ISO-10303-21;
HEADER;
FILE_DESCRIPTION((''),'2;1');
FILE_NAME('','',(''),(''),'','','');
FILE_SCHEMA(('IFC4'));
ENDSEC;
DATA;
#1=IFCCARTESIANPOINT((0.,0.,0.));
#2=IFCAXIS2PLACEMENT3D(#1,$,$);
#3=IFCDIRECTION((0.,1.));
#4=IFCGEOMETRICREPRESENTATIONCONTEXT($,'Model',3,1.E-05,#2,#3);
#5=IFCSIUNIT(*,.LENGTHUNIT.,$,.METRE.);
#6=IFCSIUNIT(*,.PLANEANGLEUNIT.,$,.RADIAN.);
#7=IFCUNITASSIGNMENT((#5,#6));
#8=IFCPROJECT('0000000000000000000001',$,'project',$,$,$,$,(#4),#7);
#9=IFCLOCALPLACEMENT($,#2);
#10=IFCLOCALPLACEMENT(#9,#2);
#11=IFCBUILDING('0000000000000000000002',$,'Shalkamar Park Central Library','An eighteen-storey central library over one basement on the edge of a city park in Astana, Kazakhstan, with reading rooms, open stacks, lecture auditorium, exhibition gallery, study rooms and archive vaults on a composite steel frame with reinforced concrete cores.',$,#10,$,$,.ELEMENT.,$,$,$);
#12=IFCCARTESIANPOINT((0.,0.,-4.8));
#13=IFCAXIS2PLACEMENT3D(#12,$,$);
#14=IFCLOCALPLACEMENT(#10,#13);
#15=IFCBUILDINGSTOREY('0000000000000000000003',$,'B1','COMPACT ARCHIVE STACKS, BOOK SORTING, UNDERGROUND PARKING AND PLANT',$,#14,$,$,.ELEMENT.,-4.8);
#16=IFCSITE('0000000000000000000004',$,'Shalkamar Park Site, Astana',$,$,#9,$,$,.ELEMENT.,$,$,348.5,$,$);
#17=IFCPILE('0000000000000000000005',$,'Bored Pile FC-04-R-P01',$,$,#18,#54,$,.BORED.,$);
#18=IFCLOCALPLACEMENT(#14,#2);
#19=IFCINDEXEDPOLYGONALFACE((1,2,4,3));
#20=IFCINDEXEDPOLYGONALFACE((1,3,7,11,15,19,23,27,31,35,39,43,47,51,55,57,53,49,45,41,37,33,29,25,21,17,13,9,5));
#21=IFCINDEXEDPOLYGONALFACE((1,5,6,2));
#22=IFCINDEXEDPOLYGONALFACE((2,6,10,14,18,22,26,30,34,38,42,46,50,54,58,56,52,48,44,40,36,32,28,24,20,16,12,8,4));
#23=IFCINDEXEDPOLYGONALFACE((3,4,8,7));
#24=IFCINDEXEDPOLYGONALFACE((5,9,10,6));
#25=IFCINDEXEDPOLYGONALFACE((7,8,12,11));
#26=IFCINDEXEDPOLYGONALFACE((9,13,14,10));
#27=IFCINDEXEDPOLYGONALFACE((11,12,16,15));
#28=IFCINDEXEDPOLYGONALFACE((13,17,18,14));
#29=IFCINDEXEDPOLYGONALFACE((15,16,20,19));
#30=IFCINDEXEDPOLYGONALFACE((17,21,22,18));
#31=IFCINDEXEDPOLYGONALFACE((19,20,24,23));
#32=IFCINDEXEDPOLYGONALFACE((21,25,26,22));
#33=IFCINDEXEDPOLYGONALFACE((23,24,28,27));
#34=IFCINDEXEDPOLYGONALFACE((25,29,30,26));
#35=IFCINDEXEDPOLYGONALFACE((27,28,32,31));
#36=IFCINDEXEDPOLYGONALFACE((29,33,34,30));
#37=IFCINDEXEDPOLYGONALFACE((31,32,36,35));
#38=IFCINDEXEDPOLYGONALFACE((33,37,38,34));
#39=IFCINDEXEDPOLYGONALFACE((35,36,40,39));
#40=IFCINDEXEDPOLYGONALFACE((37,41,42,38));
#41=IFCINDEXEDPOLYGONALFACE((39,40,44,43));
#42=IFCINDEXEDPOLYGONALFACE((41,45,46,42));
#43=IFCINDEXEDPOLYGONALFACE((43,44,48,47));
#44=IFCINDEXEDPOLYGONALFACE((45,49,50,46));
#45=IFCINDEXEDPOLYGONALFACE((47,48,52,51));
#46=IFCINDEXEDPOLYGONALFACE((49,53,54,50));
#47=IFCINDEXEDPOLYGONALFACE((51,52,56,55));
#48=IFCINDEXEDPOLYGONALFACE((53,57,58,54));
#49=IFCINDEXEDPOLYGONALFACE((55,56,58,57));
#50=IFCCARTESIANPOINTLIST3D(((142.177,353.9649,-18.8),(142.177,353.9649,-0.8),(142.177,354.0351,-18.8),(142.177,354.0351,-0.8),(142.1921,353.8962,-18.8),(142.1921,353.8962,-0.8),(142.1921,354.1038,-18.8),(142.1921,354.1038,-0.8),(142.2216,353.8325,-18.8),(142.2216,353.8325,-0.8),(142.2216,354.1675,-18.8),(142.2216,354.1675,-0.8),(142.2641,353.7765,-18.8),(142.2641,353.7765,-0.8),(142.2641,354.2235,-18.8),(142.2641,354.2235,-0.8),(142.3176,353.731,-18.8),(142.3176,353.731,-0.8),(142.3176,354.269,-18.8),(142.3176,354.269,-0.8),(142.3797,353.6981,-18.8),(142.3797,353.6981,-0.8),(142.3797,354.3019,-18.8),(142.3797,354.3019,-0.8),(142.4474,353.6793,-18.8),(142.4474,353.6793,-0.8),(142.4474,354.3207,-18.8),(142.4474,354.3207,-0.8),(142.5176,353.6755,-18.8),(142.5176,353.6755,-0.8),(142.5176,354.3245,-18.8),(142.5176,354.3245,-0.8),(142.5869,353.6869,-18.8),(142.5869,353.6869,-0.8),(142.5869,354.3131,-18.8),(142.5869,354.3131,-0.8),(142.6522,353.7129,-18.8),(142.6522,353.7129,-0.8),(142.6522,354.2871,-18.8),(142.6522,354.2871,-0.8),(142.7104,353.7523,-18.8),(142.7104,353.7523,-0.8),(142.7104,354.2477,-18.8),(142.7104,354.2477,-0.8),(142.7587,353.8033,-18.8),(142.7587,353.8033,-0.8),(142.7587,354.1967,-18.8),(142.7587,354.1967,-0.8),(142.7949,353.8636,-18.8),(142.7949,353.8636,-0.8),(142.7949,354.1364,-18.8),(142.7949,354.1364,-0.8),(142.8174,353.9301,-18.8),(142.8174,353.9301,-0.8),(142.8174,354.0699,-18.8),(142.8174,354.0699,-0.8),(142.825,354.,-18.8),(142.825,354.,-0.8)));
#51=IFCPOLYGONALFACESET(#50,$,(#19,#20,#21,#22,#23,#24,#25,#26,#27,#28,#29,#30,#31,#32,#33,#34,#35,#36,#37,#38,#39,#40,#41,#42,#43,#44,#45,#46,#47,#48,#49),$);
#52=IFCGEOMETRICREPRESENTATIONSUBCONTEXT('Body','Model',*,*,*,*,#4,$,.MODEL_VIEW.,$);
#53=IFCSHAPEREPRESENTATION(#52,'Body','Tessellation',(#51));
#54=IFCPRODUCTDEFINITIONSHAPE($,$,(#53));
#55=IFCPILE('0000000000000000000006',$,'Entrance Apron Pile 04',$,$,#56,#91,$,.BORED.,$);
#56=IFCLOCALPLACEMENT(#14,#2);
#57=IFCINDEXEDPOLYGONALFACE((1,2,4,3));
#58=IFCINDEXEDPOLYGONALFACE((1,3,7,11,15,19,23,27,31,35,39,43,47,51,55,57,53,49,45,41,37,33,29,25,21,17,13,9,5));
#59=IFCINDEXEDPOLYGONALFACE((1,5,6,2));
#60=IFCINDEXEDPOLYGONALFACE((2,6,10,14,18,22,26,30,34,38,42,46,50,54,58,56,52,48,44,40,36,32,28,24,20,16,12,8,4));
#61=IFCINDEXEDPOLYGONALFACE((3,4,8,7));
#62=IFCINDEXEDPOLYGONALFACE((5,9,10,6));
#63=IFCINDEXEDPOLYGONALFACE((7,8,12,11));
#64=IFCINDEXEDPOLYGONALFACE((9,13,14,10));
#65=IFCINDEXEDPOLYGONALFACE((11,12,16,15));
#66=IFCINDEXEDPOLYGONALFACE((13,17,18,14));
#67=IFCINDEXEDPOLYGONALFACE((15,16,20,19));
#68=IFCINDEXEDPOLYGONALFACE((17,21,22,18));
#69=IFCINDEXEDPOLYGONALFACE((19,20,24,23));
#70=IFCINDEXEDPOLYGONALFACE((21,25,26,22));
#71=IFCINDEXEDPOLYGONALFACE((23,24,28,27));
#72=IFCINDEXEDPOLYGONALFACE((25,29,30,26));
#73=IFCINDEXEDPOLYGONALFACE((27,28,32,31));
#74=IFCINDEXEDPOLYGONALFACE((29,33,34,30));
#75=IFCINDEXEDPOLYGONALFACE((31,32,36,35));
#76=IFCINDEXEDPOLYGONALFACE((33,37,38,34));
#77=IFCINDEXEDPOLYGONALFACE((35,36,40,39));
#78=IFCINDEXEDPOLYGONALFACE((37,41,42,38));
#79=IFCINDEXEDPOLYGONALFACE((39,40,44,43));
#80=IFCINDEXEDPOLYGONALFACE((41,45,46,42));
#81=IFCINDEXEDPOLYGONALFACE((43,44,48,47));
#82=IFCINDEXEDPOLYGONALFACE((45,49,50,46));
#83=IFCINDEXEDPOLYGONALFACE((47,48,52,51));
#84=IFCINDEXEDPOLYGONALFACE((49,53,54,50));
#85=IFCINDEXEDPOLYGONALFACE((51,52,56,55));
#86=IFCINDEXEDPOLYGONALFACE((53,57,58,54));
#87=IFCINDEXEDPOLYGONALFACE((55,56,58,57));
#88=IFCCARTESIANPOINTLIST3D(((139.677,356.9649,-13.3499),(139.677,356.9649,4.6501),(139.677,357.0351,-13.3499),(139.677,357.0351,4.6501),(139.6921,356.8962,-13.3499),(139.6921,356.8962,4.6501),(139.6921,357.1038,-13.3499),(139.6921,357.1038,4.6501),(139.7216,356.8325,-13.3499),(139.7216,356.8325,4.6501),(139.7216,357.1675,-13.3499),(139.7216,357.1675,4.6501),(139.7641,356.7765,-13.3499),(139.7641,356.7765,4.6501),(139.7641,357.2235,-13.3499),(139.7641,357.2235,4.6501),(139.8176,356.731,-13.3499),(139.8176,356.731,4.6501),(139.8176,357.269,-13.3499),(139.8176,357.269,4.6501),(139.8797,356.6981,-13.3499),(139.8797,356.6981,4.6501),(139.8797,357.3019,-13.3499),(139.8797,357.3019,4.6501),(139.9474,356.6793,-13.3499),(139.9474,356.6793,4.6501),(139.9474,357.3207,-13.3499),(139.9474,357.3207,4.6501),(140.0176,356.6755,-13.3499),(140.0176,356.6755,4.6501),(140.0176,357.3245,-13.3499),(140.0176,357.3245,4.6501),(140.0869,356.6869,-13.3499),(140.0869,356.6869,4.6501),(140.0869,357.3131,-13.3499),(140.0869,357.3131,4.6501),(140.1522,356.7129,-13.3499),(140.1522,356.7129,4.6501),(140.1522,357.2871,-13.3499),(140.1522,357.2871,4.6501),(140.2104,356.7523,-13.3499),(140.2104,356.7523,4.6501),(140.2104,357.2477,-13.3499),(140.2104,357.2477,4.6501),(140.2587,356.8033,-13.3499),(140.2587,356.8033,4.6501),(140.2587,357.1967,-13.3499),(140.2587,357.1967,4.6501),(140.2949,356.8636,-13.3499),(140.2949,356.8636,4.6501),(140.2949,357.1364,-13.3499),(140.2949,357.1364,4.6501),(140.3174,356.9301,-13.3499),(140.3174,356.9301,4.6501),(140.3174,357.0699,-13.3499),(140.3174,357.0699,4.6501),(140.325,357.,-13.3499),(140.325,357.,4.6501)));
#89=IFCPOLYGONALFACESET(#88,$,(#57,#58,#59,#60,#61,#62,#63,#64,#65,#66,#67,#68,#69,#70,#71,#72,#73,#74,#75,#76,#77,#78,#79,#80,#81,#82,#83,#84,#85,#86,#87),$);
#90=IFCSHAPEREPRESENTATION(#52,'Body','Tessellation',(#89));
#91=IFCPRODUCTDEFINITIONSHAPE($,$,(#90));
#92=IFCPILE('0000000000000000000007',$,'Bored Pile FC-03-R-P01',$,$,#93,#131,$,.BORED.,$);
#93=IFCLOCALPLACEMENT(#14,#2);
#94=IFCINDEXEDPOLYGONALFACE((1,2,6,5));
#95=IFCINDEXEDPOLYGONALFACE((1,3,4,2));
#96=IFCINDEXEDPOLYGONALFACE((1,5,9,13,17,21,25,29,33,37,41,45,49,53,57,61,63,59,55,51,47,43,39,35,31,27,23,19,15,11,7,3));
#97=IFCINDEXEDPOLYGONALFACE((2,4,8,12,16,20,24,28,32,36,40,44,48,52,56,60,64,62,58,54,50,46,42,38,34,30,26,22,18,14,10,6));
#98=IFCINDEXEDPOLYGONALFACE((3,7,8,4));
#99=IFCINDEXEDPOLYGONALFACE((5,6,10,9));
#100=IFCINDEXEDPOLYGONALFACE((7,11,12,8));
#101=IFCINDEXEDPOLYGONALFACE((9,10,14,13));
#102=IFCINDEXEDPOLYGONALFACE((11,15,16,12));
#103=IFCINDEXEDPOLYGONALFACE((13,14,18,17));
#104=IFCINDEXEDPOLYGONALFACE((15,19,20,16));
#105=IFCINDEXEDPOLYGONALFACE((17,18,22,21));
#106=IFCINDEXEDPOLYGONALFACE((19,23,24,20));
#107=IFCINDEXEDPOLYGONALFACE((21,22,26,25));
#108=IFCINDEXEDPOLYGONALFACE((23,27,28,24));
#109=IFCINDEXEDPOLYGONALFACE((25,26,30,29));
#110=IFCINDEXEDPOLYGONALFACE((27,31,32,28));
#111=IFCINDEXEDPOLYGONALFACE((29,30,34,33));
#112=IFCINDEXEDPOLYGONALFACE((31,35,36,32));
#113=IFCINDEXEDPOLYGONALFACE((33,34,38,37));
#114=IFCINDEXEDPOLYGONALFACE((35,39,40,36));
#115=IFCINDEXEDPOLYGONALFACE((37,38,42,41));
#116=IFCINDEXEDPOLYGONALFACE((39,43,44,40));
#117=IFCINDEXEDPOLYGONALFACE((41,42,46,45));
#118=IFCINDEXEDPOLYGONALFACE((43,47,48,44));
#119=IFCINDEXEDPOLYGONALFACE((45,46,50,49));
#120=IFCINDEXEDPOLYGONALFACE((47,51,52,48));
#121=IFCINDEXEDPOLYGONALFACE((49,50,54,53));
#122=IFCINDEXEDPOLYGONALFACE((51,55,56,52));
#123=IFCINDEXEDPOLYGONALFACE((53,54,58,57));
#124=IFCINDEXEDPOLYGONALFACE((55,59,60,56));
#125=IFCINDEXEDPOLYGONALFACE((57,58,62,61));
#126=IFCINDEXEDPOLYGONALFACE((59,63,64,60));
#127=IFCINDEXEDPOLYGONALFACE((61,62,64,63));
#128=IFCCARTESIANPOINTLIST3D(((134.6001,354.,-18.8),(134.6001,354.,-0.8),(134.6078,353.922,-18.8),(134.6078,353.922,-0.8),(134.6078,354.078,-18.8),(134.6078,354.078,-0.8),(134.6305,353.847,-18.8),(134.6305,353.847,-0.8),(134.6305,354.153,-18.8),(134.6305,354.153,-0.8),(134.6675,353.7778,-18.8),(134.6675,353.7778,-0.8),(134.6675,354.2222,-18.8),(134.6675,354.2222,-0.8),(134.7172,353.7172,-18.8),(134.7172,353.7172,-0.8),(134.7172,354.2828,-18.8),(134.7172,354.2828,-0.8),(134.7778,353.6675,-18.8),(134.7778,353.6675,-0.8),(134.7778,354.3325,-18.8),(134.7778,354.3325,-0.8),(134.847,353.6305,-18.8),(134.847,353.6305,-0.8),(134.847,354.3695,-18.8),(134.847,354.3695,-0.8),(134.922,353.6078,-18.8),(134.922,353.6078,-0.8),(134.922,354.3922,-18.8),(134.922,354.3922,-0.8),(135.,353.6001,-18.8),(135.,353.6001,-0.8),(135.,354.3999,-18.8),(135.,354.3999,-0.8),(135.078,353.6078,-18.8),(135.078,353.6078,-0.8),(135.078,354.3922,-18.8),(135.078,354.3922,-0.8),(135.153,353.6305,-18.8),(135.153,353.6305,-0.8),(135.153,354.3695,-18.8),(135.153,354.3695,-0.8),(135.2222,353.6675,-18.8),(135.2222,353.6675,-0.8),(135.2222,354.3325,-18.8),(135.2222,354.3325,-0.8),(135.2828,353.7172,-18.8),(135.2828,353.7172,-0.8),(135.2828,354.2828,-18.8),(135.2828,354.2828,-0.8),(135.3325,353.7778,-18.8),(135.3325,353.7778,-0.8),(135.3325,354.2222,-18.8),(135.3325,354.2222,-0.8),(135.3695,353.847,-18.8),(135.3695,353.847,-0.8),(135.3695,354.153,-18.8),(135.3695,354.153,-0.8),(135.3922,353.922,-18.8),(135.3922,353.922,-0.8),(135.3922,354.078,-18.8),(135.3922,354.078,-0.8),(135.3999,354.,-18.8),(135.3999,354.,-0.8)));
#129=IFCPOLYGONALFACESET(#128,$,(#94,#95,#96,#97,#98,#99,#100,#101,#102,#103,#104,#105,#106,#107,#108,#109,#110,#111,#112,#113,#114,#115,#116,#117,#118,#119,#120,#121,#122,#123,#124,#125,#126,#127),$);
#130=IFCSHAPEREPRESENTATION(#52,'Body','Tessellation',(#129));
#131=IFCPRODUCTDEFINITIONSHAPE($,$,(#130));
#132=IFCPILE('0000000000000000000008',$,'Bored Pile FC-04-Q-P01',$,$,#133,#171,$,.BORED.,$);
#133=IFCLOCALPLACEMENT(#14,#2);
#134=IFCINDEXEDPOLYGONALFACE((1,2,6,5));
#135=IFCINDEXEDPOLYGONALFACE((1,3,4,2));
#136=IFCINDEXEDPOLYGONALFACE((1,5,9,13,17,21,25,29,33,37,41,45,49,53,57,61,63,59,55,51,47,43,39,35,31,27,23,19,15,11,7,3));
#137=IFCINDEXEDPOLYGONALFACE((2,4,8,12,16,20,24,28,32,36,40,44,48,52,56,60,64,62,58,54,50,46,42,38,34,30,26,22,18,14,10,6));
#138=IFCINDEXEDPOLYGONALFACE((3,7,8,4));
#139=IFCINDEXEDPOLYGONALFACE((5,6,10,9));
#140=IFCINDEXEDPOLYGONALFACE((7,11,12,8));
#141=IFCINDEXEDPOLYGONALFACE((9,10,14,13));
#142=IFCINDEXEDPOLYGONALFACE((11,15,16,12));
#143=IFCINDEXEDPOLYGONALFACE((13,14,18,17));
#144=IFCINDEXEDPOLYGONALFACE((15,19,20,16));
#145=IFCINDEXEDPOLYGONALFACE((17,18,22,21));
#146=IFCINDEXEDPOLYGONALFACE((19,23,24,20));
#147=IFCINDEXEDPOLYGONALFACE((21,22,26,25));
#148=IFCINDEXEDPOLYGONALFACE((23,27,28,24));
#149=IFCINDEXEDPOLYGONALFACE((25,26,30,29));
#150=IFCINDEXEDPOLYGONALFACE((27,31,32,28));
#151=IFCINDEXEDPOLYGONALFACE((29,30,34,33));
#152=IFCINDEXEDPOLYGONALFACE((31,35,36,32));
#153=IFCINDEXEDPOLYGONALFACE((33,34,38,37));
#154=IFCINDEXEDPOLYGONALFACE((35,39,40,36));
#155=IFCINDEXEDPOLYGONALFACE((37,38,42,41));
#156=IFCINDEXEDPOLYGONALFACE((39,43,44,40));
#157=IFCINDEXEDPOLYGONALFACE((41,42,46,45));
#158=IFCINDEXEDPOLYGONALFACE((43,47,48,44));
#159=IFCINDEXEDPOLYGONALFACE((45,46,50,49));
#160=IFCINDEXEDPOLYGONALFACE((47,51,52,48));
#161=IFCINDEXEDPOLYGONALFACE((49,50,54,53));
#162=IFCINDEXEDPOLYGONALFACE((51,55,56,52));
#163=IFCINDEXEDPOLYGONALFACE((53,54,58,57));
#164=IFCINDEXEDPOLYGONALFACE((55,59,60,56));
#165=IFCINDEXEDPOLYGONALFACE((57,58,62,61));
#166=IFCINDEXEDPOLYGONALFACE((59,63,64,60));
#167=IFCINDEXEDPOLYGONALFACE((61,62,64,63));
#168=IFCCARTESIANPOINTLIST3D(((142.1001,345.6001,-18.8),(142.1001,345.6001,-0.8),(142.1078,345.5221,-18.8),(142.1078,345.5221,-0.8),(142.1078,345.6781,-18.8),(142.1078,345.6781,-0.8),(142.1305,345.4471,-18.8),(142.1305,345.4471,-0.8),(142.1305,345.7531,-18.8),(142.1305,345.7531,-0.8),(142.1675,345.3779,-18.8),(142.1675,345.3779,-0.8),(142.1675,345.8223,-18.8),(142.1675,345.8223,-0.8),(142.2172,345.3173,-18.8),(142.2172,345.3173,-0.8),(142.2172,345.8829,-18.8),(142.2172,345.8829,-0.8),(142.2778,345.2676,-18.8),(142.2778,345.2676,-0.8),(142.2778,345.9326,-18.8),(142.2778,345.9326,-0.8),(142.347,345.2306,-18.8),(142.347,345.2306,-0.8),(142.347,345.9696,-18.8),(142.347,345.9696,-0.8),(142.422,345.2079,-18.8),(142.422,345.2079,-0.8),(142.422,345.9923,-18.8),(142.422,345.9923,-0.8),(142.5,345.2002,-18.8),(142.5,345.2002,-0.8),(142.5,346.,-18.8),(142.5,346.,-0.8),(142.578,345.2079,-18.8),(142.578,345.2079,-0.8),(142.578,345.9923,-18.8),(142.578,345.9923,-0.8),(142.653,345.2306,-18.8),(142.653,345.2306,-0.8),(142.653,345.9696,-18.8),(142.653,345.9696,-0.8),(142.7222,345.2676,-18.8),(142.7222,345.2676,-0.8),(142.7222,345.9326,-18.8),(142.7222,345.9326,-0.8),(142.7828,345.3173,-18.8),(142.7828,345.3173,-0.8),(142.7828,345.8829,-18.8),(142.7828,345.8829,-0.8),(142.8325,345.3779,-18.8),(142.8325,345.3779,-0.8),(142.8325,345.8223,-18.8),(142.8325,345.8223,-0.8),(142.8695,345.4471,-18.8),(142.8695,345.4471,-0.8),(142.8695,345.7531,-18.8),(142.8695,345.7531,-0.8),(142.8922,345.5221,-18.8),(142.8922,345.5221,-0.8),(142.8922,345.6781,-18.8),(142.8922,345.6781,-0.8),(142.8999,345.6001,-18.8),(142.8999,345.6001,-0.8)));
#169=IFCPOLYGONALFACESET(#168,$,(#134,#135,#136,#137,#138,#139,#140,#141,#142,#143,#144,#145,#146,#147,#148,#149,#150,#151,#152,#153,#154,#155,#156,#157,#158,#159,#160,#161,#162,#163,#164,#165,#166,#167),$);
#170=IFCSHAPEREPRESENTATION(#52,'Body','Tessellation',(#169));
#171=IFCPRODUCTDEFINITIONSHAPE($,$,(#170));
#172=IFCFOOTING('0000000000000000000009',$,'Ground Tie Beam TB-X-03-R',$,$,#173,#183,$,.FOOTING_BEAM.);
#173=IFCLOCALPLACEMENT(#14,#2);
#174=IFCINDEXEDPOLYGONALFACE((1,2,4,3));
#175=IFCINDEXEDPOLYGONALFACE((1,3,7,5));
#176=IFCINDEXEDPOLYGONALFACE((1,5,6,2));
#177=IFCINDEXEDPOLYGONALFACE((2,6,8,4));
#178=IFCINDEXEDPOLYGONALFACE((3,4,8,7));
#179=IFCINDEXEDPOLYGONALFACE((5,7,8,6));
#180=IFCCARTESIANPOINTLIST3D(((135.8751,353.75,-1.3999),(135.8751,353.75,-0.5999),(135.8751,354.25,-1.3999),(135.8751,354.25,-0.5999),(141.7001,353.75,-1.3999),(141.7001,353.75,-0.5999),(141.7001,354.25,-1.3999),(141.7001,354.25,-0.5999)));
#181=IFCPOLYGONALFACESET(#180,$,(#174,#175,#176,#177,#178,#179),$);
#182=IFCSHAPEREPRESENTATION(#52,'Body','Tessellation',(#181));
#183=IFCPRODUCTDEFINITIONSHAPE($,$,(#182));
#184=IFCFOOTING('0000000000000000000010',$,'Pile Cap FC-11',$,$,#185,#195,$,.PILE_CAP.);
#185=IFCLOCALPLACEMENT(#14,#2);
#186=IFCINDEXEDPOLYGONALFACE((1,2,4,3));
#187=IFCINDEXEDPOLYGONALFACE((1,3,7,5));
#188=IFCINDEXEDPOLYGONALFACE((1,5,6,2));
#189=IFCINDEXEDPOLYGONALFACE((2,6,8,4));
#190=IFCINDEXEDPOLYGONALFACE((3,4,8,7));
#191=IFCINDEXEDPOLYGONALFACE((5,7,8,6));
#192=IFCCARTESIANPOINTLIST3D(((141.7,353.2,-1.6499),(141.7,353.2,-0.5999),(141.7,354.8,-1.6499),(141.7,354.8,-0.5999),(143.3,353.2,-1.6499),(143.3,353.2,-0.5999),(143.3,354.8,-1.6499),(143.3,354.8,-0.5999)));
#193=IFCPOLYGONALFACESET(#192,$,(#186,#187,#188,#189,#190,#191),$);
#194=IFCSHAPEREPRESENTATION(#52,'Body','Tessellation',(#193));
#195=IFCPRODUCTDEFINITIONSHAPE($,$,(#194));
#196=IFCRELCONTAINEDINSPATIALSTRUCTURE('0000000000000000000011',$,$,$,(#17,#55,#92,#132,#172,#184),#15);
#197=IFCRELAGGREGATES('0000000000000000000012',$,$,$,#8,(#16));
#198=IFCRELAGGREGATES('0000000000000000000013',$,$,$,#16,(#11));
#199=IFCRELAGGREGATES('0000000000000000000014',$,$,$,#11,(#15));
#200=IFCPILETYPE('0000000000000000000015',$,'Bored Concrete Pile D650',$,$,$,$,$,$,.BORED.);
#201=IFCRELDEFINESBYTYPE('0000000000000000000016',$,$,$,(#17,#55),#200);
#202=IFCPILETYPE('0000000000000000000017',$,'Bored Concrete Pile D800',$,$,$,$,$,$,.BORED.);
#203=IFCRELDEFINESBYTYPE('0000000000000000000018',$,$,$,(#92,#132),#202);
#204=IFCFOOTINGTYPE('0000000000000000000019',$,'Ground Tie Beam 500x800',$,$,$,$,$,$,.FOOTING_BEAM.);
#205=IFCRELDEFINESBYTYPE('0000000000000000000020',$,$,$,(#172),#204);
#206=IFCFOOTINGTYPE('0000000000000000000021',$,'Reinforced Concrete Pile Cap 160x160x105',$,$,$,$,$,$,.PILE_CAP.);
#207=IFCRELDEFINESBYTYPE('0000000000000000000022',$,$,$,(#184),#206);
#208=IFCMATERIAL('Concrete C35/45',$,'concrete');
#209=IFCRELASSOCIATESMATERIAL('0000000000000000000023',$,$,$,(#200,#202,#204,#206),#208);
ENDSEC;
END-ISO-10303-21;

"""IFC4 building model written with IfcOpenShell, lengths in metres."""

from ifc_helpers import new_model, si_unit, direction, frame, origin, origin_2d, place, context, subcontext, project, spatial, rectangle, circle, extrude, material, material_profile, profile_set, type_object, element, save


model = new_model("IFC4")

# Units and contexts
model_context = context("Model", 3, precision=1e-05, world=origin(), true_north=direction((0.0, 1.0)))
body_context = subcontext(model_context, "Body", "Model", "MODEL_VIEW")
ifc_project = project(units=[si_unit("LENGTHUNIT", "METRE"), si_unit("PLANEANGLEUNIT", "RADIAN")], contexts=[model_context])

# Site, building, storey
site_placement = place(None, origin())
site = spatial("IfcSite", under=ifc_project, at=site_placement, Name="Shalkamar Park Site, Astana", CompositionType="ELEMENT", RefElevation=348.5)
building_placement = place(site_placement, origin())
building = spatial("IfcBuilding", under=site, at=building_placement, Name="Shalkamar Park Central Library", Description="An eighteen-storey central library over one basement on the edge of a city park in Astana, Kazakhstan, with reading rooms, open stacks, lecture auditorium, exhibition gallery, study rooms and archive vaults on a composite steel frame with reinforced concrete cores.", CompositionType="ELEMENT")
storey_placement = place(building_placement, frame((0.0, 0.0, -4.8)))
storey = spatial("IfcBuildingStorey", under=building, at=storey_placement, Name="B1", Description="COMPACT ARCHIVE STACKS, BOOK SORTING, UNDERGROUND PARKING AND PLANT", CompositionType="ELEMENT", Elevation=-4.8)

# Piles
ifc_material_1 = material(Name="Concrete C35/45", Category="concrete")
ifc_material_profile_1 = material_profile(ifc_material_1, circle(Radius=0.325, at=origin_2d()), Name="PILE D650")
ifc_profile_set_1 = profile_set([ifc_material_profile_1], Name="Concrete C35/45")
pile_type_1 = type_object("IfcPileType", Name="Bored Concrete Pile D650", PredefinedType="BORED", material=ifc_profile_set_1)
for number, where, z_axis, x_axis, name in (
    (1, (142.5, 354.0, -0.8), (0.0, 0.0, -1.0), (1.0, 0.0, 0.0), "Bored Pile FC-04-R-P01"),
    (2, (140.0, 357.0, 4.6501), (0.0, 0.0, -1.0), (1.0, 0.0, 0.0), "Entrance Apron Pile 04"),
):
    element("IfcPile", number, at=place(storey_placement, frame(where, z_axis=z_axis, x_axis=x_axis)), inside=storey, type_object=pile_type_1, Name=name, PredefinedType="BORED", context=body_context, shape_type="SweptSolid", body=[
        extrude(circle(Radius=0.325, at=origin_2d()), origin(), (0.0, 0.0, 1.0), 18.0),
    ])
ifc_material_profile_2 = material_profile(ifc_material_1, circle(Radius=0.3999, at=origin_2d()), Name="PILE D800")
ifc_profile_set_2 = profile_set([ifc_material_profile_2], Name="Concrete C35/45")
pile_type_2 = type_object("IfcPileType", Name="Bored Concrete Pile D800", PredefinedType="BORED", material=ifc_profile_set_2)
for number, where, z_axis, x_axis, name in (
    (3, (135.0, 354.0, -0.8), (0.0, 0.0, -1.0), (1.0, 0.0, 0.0), "Bored Pile FC-03-R-P01"),
    (4, (142.5, 345.6001, -0.8), (0.0, 0.0, -1.0), (1.0, 0.0, 0.0), "Bored Pile FC-04-Q-P01"),
):
    element("IfcPile", number, at=place(storey_placement, frame(where, z_axis=z_axis, x_axis=x_axis)), inside=storey, type_object=pile_type_2, Name=name, PredefinedType="BORED", context=body_context, shape_type="SweptSolid", body=[
        extrude(circle(Radius=0.3999, at=origin_2d()), origin(), (0.0, 0.0, 1.0), 18.0),
    ])

# Footings
footing_type_1 = type_object("IfcFootingType", Name="Ground Tie Beam 500x800", PredefinedType="FOOTING_BEAM", material=ifc_material_1)
footing_1_placement = place(storey_placement, frame((138.7876, 354.0, -1.3999), z_axis=(0.0, 0.0, 1.0), x_axis=(1.0, 0.0, 0.0)))
element("IfcFooting", 5, at=footing_1_placement, inside=storey, type_object=footing_type_1, Name="Ground Tie Beam TB-X-03-R", PredefinedType="FOOTING_BEAM", context=body_context, shape_type="SweptSolid", body=[
    extrude(rectangle(XDim=5.825, YDim=0.5, at=origin_2d()), origin(), (0.0, 0.0, 1.0), 0.8),
])
footing_type_2 = type_object("IfcFootingType", Name="Reinforced Concrete Pile Cap 160x160x105", PredefinedType="PILE_CAP", material=ifc_material_1)
footing_2_placement = place(storey_placement, frame((142.5, 354.0, -1.6499), z_axis=(0.0, 0.0, 1.0), x_axis=(1.0, 0.0, 0.0)))
element("IfcFooting", 6, at=footing_2_placement, inside=storey, type_object=footing_type_2, Name="Pile Cap FC-11", PredefinedType="PILE_CAP", context=body_context, shape_type="SweptSolid", body=[
    extrude(rectangle(XDim=1.6001, YDim=1.6001, at=origin_2d()), origin(), (0.0, 0.0, 1.0), 1.05),
])

save(model, "model.ifc")
